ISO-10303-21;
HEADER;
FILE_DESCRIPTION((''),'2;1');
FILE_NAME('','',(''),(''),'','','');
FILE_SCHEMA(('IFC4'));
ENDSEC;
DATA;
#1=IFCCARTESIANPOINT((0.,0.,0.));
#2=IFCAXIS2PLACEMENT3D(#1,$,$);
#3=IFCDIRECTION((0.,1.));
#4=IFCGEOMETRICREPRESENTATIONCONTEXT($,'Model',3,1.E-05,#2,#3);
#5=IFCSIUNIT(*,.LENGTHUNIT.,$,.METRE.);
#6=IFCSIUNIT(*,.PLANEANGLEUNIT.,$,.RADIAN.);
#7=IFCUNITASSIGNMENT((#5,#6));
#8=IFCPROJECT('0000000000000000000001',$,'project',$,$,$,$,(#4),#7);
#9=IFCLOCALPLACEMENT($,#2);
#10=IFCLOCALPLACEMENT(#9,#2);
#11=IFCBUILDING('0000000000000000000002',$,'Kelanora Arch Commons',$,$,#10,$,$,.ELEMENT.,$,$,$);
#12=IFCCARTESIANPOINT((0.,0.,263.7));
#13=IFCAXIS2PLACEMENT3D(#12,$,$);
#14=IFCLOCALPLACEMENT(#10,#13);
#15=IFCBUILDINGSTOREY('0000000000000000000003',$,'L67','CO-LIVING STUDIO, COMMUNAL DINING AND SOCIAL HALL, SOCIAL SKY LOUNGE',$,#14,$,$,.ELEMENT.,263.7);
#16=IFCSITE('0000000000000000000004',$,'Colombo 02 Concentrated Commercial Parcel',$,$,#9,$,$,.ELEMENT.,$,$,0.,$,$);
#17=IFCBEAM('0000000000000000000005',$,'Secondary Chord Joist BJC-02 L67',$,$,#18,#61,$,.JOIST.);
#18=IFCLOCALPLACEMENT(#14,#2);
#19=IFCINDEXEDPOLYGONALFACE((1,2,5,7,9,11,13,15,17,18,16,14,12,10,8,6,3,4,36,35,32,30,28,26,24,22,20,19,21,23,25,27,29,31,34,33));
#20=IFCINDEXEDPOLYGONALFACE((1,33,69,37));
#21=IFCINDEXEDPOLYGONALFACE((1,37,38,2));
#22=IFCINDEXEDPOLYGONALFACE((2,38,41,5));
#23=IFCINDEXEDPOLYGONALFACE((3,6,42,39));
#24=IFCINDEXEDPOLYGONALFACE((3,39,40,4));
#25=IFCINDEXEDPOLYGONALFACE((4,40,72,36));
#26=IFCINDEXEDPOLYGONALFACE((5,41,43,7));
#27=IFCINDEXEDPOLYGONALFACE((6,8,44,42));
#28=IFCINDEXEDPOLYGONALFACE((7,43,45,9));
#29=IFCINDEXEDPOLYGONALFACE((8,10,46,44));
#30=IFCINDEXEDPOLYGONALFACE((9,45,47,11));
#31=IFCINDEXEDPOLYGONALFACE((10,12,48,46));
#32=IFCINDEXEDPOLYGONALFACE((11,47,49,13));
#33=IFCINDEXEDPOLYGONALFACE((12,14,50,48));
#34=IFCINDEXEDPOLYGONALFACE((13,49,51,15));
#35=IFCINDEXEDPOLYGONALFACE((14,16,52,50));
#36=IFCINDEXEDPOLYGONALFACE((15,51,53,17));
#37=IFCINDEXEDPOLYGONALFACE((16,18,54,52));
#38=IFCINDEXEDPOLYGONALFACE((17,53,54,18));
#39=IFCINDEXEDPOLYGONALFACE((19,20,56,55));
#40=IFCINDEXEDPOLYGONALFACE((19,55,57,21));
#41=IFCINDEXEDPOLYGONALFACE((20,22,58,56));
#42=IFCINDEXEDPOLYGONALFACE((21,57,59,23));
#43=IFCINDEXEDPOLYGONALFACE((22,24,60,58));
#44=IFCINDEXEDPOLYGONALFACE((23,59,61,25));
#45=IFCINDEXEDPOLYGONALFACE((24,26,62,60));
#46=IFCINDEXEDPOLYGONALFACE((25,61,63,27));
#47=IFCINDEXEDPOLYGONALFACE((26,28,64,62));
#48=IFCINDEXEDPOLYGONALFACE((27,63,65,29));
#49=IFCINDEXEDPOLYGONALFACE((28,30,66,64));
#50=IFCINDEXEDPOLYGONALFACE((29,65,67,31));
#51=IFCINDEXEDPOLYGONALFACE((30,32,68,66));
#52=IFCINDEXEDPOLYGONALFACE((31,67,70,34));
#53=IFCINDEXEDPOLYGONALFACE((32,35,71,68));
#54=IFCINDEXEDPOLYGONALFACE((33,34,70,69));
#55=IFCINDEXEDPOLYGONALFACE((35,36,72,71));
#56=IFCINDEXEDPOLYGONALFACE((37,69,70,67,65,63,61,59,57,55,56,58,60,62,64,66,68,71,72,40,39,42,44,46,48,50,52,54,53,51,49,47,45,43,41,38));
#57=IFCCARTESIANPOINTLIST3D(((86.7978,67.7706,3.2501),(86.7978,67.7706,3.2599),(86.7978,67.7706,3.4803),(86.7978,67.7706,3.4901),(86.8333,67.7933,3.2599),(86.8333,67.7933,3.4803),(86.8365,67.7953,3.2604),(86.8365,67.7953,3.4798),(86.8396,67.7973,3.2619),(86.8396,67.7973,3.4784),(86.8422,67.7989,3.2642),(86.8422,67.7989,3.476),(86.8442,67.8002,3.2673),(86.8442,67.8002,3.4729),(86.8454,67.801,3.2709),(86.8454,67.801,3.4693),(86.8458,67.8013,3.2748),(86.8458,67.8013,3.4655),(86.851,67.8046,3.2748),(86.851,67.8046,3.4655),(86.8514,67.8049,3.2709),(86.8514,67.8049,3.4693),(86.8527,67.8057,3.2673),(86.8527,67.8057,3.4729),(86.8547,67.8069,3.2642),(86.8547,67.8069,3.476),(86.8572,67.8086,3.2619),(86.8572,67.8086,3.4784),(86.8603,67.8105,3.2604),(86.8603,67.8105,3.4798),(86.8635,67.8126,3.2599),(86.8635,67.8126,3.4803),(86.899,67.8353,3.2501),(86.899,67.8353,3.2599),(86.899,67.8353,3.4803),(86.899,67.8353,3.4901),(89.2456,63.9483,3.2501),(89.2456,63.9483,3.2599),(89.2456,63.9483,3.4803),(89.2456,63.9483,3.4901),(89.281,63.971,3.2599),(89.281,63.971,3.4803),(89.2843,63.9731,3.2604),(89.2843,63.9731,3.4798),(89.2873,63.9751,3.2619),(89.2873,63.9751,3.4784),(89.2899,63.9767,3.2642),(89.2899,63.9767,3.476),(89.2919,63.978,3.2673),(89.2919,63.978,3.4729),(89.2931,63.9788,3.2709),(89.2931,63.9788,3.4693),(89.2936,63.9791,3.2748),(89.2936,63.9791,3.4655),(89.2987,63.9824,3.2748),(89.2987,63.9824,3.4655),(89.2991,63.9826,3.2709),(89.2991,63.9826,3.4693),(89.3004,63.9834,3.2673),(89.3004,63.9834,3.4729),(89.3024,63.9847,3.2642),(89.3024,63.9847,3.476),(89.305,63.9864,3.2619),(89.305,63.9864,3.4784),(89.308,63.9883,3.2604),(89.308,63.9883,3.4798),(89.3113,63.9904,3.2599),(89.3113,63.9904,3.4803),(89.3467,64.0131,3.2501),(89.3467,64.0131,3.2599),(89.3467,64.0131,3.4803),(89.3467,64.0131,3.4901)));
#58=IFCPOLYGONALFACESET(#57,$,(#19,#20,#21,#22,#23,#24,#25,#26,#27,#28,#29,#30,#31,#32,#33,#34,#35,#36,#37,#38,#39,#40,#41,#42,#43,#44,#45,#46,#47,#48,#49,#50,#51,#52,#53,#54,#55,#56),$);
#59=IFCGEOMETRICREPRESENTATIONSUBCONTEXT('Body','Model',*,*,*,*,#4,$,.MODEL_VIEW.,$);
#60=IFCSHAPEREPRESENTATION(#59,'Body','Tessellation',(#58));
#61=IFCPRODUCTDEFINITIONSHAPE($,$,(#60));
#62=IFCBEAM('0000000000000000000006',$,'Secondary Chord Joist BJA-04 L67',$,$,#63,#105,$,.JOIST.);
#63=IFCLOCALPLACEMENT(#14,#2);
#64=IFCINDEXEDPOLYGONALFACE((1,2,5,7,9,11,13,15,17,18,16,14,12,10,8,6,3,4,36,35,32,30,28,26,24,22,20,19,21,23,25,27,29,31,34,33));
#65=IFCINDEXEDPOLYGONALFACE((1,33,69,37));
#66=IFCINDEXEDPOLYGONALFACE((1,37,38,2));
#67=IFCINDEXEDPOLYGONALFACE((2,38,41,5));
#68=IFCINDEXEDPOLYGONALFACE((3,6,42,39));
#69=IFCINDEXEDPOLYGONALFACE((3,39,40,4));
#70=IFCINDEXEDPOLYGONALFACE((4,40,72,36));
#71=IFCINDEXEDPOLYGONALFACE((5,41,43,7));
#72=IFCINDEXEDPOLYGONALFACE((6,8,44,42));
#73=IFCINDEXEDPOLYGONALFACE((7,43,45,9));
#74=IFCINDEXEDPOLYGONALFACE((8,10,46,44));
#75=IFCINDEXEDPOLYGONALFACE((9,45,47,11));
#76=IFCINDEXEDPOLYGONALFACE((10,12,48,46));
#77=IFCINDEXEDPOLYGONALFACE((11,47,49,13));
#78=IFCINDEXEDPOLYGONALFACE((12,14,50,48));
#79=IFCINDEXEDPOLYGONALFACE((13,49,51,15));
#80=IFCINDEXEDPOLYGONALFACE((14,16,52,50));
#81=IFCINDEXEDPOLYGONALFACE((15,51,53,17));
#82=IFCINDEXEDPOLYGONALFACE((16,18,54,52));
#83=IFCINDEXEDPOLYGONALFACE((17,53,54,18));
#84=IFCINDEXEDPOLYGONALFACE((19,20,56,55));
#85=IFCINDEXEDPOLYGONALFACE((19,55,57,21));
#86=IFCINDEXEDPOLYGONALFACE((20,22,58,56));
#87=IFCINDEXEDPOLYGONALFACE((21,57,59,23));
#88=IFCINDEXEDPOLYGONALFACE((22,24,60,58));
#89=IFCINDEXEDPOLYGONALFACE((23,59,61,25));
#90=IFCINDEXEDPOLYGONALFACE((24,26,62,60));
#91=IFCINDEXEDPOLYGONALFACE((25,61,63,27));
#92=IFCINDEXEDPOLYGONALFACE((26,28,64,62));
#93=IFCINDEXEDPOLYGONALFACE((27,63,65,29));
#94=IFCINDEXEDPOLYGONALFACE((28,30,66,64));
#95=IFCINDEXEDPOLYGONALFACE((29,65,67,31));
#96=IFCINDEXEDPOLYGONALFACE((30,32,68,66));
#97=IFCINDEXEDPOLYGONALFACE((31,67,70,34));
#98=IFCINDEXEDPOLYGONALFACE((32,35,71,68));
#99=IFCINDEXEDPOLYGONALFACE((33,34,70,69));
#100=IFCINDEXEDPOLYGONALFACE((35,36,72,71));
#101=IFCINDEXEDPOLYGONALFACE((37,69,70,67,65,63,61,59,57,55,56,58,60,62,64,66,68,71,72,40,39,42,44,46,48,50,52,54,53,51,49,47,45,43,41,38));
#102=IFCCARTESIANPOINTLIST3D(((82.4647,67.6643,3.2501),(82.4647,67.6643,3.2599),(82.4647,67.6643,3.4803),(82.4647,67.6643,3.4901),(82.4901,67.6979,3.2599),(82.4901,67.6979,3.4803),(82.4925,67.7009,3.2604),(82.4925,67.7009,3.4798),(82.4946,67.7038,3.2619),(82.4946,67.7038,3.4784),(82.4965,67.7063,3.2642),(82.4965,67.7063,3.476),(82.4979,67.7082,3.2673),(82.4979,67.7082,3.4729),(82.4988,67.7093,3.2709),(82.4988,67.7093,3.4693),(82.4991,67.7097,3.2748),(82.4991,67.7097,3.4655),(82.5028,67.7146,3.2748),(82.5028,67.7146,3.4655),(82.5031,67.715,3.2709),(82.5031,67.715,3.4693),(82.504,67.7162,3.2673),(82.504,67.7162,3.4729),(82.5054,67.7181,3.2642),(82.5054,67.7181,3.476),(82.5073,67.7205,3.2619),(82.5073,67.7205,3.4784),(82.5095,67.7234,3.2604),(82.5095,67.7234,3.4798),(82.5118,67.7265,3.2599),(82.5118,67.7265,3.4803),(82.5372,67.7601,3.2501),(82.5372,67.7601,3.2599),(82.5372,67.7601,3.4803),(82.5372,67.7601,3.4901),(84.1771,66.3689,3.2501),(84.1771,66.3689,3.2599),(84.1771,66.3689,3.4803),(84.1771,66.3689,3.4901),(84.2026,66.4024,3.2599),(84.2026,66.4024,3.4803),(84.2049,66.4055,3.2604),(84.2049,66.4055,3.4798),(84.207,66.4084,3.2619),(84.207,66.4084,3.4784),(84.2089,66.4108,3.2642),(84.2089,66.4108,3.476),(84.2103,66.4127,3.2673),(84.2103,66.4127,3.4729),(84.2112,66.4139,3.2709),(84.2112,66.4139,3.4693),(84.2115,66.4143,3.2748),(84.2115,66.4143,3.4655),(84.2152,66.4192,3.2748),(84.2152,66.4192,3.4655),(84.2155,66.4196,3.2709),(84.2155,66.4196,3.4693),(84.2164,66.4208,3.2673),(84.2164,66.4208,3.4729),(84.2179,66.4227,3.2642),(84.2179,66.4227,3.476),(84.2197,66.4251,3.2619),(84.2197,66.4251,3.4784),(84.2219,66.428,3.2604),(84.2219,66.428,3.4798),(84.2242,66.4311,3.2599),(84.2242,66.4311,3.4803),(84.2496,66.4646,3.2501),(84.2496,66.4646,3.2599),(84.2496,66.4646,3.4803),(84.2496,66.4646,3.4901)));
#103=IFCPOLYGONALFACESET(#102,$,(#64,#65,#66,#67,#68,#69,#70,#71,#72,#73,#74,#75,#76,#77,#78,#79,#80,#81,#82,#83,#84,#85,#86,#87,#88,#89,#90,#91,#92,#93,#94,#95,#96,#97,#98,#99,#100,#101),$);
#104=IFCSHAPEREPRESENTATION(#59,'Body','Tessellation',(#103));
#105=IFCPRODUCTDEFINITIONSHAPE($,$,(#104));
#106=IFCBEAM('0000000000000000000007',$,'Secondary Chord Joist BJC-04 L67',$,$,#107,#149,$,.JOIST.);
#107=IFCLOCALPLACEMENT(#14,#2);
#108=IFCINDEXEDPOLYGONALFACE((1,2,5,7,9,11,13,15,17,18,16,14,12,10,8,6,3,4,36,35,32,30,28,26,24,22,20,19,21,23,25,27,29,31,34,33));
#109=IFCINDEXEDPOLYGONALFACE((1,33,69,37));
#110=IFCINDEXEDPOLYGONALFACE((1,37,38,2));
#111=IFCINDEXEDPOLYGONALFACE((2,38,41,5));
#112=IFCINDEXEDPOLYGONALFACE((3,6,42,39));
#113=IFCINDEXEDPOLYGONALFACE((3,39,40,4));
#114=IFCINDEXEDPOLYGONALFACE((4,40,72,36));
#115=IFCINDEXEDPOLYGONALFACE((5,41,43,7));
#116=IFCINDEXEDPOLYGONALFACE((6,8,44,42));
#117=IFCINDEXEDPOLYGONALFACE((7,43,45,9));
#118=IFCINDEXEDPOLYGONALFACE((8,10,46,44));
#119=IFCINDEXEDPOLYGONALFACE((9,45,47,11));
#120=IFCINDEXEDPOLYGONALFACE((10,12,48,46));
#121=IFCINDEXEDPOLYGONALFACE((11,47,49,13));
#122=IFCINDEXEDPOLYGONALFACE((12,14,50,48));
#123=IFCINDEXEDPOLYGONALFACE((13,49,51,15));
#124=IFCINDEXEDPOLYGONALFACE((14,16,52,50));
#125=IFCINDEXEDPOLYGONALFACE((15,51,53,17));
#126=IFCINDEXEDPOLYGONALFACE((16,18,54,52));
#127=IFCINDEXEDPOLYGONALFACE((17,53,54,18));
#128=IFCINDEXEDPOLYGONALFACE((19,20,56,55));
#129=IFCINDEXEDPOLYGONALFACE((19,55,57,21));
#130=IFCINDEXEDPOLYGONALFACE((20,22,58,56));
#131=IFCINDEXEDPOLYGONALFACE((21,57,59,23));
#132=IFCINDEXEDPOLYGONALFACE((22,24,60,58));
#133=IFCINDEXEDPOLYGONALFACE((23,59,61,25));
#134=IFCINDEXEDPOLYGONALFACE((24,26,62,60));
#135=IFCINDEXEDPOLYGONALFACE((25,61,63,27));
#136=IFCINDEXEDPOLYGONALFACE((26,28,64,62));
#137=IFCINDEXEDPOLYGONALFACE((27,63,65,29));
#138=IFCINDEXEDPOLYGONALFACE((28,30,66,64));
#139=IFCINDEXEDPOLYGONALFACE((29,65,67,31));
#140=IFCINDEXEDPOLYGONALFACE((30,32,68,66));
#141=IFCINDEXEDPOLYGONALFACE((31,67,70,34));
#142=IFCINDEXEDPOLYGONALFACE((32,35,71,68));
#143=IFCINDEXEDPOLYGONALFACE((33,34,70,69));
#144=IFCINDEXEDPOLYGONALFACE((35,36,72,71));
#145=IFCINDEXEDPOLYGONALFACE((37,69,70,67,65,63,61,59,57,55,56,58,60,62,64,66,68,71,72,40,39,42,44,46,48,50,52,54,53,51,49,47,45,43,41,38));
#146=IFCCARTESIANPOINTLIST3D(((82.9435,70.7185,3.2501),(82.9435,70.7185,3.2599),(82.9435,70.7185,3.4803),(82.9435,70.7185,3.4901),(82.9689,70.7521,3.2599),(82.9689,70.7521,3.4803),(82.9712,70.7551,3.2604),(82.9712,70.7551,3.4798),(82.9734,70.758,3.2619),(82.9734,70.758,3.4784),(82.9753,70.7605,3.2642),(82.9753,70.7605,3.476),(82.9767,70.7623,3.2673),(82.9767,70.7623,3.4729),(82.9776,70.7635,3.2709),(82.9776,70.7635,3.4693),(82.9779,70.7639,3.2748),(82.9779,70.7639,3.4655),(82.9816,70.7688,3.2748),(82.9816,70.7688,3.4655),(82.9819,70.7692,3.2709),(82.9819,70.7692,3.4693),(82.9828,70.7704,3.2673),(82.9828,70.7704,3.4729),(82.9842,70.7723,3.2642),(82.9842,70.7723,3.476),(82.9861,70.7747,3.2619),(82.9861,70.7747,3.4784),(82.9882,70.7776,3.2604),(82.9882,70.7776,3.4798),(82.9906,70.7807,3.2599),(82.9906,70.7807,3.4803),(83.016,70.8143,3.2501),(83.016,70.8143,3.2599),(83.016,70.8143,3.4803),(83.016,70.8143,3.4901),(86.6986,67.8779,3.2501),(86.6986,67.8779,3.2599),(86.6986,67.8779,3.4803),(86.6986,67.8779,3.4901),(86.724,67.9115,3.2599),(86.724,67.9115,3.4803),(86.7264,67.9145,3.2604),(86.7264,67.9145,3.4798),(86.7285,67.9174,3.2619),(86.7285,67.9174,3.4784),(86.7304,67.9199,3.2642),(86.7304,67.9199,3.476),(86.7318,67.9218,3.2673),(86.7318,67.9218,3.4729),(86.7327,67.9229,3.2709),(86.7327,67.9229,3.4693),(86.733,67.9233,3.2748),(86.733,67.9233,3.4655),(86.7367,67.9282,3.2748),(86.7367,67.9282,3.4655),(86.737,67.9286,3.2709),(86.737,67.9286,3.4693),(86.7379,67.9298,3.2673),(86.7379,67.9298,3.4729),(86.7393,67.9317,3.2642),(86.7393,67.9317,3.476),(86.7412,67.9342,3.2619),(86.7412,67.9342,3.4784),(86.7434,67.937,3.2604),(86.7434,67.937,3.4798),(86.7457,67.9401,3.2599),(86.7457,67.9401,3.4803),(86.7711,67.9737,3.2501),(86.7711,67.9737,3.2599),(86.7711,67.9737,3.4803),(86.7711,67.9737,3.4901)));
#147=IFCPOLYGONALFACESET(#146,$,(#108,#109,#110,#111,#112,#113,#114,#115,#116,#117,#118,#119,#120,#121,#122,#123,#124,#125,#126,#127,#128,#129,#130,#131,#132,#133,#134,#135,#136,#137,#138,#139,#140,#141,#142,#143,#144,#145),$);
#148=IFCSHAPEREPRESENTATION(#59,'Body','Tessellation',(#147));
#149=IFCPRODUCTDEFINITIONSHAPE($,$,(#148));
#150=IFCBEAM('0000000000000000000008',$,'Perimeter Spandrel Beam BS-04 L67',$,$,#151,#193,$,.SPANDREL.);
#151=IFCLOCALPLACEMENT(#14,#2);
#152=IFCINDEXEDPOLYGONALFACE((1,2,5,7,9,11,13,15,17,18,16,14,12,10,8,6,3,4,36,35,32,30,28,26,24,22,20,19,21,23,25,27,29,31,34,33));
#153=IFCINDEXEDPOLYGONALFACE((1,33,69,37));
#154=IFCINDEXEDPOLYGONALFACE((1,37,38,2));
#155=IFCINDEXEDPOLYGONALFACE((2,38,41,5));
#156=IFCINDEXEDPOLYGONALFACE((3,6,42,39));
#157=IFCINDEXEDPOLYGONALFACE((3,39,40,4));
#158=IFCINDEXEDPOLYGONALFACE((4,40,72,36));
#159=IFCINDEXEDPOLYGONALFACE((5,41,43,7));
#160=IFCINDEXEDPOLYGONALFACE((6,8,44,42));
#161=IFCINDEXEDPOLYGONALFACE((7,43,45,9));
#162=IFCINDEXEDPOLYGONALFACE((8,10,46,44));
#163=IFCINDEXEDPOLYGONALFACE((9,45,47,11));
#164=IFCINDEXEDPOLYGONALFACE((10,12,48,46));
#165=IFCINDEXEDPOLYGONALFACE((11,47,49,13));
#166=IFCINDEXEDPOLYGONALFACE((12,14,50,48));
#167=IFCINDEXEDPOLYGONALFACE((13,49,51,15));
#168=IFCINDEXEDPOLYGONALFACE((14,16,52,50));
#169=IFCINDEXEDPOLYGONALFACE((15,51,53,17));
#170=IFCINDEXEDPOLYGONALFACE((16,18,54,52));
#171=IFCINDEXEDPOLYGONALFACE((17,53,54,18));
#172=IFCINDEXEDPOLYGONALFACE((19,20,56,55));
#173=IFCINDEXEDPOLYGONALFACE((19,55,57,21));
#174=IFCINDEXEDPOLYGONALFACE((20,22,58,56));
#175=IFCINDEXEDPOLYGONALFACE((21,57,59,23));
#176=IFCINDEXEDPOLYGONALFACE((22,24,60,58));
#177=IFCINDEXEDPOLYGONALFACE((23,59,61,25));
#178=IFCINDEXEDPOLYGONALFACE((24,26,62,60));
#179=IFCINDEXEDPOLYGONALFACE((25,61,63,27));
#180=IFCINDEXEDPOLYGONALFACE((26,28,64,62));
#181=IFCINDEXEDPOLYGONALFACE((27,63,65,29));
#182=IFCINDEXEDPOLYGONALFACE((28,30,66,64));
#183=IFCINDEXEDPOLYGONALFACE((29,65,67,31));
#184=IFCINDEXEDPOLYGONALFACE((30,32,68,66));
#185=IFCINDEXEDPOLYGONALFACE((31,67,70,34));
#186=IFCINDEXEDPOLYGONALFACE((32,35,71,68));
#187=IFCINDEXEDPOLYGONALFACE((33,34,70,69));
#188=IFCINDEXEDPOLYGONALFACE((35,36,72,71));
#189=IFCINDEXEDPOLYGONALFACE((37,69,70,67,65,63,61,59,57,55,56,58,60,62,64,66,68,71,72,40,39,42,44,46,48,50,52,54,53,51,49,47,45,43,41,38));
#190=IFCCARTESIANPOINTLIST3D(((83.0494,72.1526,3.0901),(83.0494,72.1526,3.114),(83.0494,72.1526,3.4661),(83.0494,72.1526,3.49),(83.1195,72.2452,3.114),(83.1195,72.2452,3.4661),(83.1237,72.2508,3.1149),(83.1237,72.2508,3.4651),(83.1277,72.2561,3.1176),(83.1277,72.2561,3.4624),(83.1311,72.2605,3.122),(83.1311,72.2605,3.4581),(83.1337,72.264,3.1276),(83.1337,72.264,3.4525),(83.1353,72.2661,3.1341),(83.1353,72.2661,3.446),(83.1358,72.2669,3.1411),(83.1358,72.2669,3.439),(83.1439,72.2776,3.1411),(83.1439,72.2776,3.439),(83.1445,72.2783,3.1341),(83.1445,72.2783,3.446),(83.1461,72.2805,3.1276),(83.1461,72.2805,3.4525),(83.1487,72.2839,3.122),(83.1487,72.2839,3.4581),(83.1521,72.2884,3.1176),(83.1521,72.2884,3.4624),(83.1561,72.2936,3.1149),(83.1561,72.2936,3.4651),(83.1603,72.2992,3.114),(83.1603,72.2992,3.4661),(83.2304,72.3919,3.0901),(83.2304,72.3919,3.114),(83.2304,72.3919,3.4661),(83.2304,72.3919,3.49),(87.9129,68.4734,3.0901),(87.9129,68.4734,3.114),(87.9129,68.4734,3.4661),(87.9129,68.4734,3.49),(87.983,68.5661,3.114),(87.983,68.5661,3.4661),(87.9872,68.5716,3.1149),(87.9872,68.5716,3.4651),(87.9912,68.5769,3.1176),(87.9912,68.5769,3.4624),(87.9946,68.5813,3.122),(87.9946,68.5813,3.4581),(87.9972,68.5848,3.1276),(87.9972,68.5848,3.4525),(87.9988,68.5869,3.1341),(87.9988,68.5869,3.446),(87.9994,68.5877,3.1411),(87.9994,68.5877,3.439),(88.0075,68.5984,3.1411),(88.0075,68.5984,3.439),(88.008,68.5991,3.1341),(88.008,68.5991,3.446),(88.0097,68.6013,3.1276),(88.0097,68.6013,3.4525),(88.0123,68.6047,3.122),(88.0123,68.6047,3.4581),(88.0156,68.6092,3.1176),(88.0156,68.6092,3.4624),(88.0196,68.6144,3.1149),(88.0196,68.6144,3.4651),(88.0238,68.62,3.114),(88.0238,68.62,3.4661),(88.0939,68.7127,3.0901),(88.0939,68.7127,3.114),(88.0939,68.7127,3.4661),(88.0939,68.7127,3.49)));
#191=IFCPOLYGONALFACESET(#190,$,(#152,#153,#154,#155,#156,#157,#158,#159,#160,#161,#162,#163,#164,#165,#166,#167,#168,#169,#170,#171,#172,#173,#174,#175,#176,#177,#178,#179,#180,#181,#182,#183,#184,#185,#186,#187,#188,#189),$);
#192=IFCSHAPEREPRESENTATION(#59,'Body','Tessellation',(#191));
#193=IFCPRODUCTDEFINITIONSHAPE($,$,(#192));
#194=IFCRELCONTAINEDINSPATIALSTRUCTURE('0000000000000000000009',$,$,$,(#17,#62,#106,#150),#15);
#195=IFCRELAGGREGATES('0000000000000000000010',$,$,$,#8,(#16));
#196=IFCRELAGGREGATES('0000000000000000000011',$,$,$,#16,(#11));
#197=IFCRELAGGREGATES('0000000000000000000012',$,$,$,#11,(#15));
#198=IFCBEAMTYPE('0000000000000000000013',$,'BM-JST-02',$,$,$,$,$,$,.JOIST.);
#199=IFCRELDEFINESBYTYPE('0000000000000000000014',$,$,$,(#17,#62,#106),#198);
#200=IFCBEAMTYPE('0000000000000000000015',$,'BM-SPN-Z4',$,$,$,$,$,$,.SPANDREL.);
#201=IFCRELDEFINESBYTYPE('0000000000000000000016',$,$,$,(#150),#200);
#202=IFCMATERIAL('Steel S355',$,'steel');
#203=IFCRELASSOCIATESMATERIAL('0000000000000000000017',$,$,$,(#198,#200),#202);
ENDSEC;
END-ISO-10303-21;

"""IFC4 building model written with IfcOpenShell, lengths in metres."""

from ifc_helpers import new_model, si_unit, direction, frame, origin, origin_2d, place, context, subcontext, project, spatial, i_section, extrude, material, material_profile, profile_set, type_object, element, save


model = new_model("IFC4")

# Units and contexts
model_context = context("Model", 3, precision=1e-05, world=origin(), true_north=direction((0.0, 1.0)))
body_context = subcontext(model_context, "Body", "Model", "MODEL_VIEW")
ifc_project = project(units=[si_unit("LENGTHUNIT", "METRE"), si_unit("PLANEANGLEUNIT", "RADIAN")], contexts=[model_context])

# Site, building, storey
site_placement = place(None, origin())
site = spatial("IfcSite", under=ifc_project, at=site_placement, Name="Colombo 02 Concentrated Commercial Parcel", CompositionType="ELEMENT", RefElevation=0.0)
building_placement = place(site_placement, origin())
building = spatial("IfcBuilding", under=site, at=building_placement, Name="Kelanora Arch Commons", CompositionType="ELEMENT")
storey_placement = place(building_placement, frame((0.0, 0.0, 263.7)))
storey = spatial("IfcBuildingStorey", under=building, at=storey_placement, Name="L67", Description="CO-LIVING STUDIO, COMMUNAL DINING AND SOCIAL HALL, SOCIAL SKY LOUNGE", CompositionType="ELEMENT", Elevation=263.7)

# Beams
ifc_material_1 = material(Name="Steel S355", Category="steel")
ifc_material_profile_1 = material_profile(ifc_material_1, i_section(OverallWidth=0.1201, OverallDepth=0.24, WebThickness=0.0061, FlangeThickness=0.0098, FilletRadius=0.0149, at=origin_2d()), Name="IPE240")
ifc_profile_set_1 = profile_set([ifc_material_profile_1], Name="Steel S355")
beam_type_1 = type_object("IfcBeamType", Name="BM-JST-02", PredefinedType="JOIST", material=ifc_profile_set_1)
beam_1_placement = place(storey_placement, frame((89.2961, 63.9807, 3.3701), z_axis=(-0.539289, 0.842121, 0.0), x_axis=(-0.842121, -0.539289, 0.0)))
element("IfcBeam", 1, at=beam_1_placement, inside=storey, type_object=beam_type_1, Name="Secondary Chord Joist BJC-02 L67", PredefinedType="JOIST", context=body_context, shape_type="SweptSolid", body=[
    extrude(i_section(OverallWidth=0.1201, OverallDepth=0.24, WebThickness=0.0061, FlangeThickness=0.0098, FilletRadius=0.0149, at=origin_2d()), origin(), (0.0, 0.0, 1.0), 4.5388),
])
beam_2_placement = place(storey_placement, frame((84.2134, 66.4167, 3.3701), z_axis=(-0.79751, 0.603306, 0.0), x_axis=(-0.603306, -0.79751, 0.0)))
element("IfcBeam", 2, at=beam_2_placement, inside=storey, type_object=beam_type_1, Name="Secondary Chord Joist BJA-04 L67", PredefinedType="JOIST", context=body_context, shape_type="SweptSolid", body=[
    extrude(i_section(OverallWidth=0.1201, OverallDepth=0.24, WebThickness=0.0061, FlangeThickness=0.0098, FilletRadius=0.0149, at=origin_2d()), origin(), (0.0, 0.0, 1.0), 2.1472),
])
beam_3_placement = place(storey_placement, frame((86.7349, 67.9258, 3.3701), z_axis=(-0.797523, 0.603289, 0.0), x_axis=(-0.603289, -0.797523, 0.0)))
element("IfcBeam", 3, at=beam_3_placement, inside=storey, type_object=beam_type_1, Name="Secondary Chord Joist BJC-04 L67", PredefinedType="JOIST", context=body_context, shape_type="SweptSolid", body=[
    extrude(i_section(OverallWidth=0.1201, OverallDepth=0.24, WebThickness=0.0061, FlangeThickness=0.0098, FilletRadius=0.0149, at=origin_2d()), origin(), (0.0, 0.0, 1.0), 4.7085),
])
ifc_material_profile_2 = material_profile(ifc_material_1, i_section(OverallWidth=0.3, OverallDepth=0.3999, WebThickness=0.0134, FlangeThickness=0.0239, FilletRadius=0.0271, at=origin_2d()), Name="HEB400")
ifc_profile_set_2 = profile_set([ifc_material_profile_2], Name="Steel S355")
beam_type_2 = type_object("IfcBeamType", Name="BM-SPN-Z4", PredefinedType="SPANDREL", material=ifc_profile_set_2)
beam_4_placement = place(storey_placement, frame((88.0034, 68.593, 3.29), z_axis=(-0.797509, 0.603306, 0.0), x_axis=(-0.603306, -0.797509, 0.0)))
element("IfcBeam", 4, at=beam_4_placement, inside=storey, type_object=beam_type_2, Name="Perimeter Spandrel Beam BS-04 L67", PredefinedType="SPANDREL", context=body_context, shape_type="SweptSolid", body=[
    extrude(i_section(OverallWidth=0.3, OverallDepth=0.3999, WebThickness=0.0134, FlangeThickness=0.0239, FilletRadius=0.0271, at=origin_2d()), origin(), (0.0, 0.0, 1.0), 6.0984),
])

save(model, "model.ifc")
